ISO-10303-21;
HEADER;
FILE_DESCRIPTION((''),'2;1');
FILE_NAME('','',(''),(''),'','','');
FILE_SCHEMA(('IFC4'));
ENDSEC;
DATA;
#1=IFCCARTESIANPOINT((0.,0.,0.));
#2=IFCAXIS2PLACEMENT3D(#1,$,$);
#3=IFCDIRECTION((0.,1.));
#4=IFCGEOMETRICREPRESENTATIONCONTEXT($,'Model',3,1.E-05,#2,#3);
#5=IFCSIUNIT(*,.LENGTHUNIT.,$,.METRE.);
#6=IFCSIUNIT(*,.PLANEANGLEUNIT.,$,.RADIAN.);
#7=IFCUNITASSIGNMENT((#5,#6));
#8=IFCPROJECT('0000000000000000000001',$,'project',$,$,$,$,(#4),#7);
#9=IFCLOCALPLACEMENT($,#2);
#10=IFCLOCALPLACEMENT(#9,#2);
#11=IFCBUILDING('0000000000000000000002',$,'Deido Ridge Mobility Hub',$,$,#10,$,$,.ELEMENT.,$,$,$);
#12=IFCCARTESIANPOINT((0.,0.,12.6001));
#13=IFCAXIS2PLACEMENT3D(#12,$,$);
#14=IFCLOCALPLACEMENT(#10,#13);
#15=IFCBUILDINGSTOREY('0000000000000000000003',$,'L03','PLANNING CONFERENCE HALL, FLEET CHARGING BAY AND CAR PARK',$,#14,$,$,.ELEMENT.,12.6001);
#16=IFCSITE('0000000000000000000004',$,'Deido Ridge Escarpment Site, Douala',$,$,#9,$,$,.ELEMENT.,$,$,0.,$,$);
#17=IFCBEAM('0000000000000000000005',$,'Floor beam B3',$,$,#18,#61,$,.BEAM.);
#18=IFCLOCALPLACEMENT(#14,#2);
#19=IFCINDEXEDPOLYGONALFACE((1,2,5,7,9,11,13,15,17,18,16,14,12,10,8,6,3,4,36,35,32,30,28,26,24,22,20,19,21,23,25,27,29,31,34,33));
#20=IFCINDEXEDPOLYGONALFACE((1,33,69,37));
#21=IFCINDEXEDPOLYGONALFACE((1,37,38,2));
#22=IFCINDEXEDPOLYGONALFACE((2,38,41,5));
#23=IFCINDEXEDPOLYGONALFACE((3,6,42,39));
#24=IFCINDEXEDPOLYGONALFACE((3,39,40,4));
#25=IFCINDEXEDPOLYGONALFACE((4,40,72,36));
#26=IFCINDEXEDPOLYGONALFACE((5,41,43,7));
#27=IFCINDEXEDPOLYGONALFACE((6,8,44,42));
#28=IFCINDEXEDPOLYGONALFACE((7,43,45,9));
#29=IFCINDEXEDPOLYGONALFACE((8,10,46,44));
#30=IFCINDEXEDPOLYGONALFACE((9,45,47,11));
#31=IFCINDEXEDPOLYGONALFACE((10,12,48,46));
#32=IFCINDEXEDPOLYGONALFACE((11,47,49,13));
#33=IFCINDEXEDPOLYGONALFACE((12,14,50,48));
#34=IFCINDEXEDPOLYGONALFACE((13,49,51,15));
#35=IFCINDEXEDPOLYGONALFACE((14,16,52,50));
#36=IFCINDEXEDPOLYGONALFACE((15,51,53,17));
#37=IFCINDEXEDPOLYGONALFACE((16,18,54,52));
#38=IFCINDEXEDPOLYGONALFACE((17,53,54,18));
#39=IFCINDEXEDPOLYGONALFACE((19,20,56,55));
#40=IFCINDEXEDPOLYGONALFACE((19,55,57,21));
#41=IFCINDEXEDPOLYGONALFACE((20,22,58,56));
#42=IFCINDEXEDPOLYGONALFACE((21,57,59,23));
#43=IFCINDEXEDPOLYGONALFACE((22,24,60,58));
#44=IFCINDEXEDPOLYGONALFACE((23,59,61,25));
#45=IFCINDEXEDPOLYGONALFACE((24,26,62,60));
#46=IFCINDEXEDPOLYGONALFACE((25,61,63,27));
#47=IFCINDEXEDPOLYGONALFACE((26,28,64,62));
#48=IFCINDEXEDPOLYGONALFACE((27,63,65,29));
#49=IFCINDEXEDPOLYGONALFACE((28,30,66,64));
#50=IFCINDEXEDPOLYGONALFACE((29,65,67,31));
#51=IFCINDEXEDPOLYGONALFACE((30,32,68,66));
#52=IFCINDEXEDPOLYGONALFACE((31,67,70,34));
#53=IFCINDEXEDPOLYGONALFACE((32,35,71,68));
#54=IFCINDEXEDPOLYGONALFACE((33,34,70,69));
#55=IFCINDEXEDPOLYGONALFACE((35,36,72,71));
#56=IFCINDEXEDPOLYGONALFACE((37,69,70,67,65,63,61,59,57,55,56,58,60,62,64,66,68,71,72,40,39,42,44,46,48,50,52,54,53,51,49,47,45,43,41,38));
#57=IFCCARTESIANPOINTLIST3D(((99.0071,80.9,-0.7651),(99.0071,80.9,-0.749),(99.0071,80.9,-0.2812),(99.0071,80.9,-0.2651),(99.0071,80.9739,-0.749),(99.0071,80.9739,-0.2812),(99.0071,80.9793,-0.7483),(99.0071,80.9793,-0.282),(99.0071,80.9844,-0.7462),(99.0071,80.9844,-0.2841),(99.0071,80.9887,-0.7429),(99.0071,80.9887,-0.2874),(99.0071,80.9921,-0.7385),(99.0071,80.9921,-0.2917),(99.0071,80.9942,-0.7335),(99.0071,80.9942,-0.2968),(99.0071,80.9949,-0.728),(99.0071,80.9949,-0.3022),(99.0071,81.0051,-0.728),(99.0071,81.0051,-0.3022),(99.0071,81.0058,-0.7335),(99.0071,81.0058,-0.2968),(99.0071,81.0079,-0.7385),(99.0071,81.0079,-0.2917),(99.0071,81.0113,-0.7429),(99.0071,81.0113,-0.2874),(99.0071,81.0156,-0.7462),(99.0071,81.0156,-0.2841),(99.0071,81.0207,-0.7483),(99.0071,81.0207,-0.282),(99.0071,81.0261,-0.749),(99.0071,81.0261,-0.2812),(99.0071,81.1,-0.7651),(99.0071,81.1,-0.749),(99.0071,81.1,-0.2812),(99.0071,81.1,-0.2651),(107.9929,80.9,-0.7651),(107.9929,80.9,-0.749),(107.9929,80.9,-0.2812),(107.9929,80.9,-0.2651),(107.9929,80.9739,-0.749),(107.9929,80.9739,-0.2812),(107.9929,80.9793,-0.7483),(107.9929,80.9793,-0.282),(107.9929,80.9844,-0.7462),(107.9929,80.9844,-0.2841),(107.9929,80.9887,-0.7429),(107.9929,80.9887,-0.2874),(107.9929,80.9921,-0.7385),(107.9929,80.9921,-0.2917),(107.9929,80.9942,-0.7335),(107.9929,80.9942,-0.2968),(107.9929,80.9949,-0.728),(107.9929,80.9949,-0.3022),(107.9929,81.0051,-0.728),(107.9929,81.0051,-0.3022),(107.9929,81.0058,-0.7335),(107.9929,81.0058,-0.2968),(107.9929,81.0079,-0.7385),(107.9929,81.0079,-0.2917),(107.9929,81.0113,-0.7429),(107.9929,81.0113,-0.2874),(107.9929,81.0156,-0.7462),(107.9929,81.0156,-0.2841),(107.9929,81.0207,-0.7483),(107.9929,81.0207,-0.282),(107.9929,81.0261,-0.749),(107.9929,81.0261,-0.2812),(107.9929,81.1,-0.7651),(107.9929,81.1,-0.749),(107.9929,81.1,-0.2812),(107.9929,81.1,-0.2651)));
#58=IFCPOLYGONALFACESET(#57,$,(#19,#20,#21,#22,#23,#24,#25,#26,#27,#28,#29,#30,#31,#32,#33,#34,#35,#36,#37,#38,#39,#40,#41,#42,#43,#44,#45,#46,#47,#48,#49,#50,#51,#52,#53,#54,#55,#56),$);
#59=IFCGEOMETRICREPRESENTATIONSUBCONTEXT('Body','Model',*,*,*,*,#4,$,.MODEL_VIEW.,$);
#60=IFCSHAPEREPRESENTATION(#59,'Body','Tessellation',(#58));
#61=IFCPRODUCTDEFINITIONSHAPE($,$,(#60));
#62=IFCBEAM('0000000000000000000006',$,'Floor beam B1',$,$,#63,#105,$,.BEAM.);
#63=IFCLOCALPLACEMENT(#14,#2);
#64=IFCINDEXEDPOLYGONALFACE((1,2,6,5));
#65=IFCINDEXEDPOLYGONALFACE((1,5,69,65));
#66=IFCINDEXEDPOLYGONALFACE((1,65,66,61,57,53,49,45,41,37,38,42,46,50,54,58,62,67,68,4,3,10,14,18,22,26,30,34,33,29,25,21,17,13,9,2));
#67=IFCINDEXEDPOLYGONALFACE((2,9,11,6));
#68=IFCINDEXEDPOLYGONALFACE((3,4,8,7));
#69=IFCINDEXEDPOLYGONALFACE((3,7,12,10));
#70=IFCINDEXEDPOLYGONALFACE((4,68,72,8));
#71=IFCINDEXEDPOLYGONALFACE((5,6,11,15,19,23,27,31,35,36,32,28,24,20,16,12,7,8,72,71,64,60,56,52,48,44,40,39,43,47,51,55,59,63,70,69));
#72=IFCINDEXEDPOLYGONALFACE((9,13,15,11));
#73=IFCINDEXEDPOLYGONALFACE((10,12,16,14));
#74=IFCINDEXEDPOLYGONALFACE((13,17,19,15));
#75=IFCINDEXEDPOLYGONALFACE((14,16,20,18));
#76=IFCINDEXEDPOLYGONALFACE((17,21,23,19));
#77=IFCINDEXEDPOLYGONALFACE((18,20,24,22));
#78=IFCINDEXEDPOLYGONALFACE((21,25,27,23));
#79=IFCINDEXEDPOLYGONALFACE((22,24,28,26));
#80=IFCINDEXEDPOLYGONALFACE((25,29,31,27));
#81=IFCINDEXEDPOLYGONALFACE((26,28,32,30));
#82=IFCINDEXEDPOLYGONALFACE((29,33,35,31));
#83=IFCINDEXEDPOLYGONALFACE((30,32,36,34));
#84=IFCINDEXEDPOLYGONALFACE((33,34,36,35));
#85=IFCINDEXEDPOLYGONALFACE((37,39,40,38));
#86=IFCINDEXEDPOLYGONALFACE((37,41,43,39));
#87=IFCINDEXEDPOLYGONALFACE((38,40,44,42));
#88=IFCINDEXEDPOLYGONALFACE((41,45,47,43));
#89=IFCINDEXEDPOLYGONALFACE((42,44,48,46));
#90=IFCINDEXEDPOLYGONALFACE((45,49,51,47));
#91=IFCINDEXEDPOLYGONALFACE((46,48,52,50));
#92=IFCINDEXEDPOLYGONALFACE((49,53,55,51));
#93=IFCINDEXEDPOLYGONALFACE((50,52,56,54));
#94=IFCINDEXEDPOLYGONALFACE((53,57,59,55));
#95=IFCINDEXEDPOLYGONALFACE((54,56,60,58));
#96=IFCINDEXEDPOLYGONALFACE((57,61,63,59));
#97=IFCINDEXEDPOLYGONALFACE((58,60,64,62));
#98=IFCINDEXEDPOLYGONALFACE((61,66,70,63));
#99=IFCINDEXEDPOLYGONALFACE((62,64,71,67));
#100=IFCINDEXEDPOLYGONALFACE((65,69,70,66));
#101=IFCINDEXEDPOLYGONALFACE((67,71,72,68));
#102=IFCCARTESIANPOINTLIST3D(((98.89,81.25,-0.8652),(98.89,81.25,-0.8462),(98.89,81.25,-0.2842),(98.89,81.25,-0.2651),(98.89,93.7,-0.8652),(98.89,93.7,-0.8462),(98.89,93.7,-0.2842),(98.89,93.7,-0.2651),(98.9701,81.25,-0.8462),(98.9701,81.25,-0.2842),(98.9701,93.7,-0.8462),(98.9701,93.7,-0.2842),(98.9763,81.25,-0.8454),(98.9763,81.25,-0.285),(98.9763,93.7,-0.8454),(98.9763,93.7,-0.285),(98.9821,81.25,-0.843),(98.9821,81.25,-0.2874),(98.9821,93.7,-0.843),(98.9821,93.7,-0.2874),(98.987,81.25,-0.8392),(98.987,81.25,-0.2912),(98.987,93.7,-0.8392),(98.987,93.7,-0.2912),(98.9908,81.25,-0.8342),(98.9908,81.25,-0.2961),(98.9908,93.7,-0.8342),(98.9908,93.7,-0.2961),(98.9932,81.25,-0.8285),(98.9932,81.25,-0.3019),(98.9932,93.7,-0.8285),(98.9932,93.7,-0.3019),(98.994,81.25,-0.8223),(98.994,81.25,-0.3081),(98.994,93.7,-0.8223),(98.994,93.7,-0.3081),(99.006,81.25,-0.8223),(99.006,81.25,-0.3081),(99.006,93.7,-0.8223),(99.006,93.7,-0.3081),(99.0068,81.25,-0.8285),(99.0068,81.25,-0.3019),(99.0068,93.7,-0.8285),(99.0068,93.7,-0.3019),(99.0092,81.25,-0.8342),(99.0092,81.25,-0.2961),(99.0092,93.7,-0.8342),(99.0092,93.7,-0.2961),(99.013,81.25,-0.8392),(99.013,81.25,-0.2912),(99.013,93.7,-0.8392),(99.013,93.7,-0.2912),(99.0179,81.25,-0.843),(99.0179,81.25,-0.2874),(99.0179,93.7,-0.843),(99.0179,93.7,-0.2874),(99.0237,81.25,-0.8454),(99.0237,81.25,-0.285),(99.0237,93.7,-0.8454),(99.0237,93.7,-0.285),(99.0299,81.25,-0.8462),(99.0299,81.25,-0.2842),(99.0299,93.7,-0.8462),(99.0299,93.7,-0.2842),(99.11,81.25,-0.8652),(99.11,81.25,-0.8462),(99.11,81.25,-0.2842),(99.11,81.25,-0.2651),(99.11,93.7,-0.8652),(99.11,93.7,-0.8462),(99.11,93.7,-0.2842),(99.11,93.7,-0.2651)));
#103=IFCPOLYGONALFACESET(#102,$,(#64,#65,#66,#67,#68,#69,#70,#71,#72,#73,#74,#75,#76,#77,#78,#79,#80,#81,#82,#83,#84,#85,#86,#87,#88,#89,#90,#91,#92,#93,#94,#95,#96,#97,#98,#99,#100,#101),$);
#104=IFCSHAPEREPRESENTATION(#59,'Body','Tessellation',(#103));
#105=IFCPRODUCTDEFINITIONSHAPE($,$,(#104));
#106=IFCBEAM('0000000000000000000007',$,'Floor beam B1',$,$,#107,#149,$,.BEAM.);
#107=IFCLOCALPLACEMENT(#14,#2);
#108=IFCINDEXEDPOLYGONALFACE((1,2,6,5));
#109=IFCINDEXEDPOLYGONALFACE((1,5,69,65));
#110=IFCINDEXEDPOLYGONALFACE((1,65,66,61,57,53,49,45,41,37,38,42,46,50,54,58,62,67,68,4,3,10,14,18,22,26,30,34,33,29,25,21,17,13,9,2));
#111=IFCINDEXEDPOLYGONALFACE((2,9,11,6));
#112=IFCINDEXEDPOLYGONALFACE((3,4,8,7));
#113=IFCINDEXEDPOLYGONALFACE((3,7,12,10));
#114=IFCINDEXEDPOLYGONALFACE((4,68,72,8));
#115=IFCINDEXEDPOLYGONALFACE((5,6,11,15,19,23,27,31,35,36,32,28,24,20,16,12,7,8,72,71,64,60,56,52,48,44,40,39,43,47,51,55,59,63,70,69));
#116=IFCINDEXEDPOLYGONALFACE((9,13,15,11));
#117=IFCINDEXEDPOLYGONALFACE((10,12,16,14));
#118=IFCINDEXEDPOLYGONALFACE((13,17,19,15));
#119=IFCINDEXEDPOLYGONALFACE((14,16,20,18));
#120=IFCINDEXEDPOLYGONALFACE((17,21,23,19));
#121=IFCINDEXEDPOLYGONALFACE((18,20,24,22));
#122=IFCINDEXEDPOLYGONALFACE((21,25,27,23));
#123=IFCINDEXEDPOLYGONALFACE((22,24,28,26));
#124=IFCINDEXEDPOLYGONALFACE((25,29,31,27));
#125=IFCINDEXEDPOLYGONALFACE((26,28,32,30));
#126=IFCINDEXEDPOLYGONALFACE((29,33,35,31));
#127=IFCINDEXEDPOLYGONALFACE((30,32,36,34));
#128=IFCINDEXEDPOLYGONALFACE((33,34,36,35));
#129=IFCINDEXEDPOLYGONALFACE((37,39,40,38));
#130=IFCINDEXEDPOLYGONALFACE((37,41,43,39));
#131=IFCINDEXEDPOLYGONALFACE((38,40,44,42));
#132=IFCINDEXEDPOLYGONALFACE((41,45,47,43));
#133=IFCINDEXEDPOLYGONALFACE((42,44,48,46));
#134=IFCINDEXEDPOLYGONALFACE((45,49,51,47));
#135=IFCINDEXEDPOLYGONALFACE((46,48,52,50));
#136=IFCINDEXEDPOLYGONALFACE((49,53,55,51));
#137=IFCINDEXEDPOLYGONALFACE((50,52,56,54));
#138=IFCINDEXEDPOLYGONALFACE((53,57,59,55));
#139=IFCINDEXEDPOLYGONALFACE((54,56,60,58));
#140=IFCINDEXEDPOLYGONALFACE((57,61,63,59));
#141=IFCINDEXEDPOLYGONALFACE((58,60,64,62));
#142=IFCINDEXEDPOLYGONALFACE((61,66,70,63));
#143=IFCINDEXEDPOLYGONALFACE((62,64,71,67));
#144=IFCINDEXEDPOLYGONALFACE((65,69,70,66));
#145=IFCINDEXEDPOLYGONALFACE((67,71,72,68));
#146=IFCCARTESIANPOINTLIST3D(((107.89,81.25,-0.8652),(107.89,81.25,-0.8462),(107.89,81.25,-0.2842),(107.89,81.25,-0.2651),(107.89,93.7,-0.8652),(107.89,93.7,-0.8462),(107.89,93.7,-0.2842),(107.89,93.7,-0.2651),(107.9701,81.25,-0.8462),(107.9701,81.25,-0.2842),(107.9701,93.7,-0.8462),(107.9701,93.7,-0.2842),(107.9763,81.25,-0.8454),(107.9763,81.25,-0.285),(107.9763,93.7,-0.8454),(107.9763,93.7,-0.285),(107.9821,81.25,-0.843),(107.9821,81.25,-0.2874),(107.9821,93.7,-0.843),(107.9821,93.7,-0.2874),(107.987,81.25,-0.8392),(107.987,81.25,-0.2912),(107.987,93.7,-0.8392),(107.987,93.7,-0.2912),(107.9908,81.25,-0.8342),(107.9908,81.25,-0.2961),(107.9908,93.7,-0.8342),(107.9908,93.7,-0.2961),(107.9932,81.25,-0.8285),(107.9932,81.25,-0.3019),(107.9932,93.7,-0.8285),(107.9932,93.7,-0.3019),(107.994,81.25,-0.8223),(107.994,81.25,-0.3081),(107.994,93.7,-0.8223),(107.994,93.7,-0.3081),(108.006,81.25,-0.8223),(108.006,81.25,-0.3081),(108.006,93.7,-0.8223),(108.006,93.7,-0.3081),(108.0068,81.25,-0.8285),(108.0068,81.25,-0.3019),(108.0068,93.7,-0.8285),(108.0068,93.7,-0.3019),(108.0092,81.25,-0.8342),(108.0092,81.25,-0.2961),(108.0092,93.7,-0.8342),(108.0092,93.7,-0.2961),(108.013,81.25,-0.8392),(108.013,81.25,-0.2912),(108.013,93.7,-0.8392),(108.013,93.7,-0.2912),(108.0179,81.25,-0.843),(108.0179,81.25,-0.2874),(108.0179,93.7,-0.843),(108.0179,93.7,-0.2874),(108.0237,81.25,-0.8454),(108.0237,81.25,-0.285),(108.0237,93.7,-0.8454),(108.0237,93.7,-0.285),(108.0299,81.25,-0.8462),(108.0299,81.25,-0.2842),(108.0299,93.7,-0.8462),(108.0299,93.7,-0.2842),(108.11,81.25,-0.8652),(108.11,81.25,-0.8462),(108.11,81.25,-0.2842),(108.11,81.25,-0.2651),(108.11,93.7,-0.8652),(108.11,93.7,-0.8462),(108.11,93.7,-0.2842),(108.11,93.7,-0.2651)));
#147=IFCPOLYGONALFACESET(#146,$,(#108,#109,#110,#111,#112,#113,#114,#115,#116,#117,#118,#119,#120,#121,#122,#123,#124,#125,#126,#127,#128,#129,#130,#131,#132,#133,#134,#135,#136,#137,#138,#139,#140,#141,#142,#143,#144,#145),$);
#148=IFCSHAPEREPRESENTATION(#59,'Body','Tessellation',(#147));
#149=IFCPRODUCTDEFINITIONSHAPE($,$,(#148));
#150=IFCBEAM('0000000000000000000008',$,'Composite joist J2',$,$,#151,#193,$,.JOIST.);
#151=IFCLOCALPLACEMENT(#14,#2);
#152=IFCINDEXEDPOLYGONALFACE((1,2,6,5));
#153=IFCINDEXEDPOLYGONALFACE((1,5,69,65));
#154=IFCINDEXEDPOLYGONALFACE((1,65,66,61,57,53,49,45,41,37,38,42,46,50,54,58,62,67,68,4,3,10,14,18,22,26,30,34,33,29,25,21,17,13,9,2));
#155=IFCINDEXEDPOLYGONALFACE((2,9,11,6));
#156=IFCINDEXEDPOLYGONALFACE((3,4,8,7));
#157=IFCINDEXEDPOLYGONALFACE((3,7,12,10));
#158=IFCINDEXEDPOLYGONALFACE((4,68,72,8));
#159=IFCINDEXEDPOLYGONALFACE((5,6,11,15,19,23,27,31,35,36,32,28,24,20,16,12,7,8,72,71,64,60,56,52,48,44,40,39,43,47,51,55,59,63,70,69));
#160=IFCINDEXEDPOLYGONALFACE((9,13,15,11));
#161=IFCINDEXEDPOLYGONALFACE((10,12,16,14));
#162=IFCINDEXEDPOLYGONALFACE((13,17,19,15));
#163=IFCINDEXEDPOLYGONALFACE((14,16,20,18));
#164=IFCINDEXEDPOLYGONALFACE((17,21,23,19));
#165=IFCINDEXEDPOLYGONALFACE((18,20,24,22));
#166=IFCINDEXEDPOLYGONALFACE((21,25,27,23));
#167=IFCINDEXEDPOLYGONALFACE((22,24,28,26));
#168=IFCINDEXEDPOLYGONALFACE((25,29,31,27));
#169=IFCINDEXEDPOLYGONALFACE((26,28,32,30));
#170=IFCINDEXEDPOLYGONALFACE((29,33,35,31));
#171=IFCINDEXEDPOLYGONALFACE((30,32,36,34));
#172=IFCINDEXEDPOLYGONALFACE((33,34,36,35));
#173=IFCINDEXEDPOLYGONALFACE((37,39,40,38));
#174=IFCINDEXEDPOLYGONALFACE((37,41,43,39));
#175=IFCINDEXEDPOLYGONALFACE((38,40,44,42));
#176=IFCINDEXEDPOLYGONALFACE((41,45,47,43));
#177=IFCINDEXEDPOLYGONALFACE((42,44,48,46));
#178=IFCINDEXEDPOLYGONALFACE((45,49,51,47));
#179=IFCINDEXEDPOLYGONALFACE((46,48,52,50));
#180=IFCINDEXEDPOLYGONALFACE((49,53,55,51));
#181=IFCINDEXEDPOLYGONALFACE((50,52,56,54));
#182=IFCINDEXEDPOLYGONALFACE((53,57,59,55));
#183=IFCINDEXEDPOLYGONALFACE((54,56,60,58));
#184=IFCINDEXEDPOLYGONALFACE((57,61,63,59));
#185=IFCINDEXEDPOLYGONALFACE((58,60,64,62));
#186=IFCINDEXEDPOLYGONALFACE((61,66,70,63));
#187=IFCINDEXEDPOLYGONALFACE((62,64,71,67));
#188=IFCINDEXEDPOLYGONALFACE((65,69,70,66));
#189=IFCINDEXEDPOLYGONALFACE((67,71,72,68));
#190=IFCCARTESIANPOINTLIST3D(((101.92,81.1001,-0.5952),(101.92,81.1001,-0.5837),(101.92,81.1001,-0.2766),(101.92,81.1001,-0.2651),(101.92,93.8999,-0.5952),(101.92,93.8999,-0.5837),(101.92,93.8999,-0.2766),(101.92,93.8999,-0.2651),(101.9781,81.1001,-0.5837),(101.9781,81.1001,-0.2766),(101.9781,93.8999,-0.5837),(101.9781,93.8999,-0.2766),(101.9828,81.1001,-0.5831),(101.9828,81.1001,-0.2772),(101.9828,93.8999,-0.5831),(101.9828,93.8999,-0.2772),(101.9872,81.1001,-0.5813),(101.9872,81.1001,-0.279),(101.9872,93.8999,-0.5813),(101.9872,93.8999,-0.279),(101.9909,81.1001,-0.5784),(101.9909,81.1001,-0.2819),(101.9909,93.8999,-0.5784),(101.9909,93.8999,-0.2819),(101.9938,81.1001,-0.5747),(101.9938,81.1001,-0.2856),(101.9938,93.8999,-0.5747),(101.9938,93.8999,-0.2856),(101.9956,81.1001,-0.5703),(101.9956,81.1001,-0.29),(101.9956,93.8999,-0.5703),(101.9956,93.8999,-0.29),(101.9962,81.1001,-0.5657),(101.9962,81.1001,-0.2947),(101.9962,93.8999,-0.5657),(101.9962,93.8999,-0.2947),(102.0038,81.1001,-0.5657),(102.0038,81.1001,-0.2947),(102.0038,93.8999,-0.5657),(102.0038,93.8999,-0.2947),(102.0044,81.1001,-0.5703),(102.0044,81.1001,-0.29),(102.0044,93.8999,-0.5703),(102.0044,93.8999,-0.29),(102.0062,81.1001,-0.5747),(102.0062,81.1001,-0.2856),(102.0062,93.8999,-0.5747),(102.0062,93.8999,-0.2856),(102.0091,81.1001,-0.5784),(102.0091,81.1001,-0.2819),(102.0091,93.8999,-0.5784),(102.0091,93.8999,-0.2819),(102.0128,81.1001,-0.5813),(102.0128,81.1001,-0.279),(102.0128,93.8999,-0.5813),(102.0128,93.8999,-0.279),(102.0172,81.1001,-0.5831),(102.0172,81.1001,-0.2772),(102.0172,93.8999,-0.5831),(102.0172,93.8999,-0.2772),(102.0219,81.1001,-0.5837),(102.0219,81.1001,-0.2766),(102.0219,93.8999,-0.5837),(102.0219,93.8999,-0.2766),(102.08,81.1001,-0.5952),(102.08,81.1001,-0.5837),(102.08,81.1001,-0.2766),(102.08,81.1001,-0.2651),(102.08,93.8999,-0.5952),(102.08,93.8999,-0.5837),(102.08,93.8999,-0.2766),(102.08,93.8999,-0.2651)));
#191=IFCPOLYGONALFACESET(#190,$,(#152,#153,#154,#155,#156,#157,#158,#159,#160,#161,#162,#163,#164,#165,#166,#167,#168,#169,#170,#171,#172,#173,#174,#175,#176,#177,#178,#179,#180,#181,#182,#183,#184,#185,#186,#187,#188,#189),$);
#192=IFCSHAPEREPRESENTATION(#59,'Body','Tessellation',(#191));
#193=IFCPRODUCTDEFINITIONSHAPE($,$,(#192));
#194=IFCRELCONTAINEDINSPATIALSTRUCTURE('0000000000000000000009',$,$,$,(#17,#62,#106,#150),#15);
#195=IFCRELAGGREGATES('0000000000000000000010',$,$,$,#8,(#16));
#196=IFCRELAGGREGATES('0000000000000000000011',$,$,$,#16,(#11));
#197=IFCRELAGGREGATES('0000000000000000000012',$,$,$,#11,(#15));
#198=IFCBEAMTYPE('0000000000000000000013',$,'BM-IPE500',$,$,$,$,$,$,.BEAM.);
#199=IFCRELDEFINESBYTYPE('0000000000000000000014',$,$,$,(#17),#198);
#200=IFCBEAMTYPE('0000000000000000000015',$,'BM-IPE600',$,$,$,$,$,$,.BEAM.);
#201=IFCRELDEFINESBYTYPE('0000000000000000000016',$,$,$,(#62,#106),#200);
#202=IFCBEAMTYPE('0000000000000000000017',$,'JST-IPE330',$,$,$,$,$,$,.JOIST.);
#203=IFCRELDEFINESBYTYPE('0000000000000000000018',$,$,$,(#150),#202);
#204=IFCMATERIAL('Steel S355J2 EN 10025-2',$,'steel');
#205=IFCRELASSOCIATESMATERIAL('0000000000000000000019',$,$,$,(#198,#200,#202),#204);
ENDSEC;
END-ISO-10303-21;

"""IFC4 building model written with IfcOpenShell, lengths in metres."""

from ifc_helpers import new_model, si_unit, direction, frame, origin, origin_2d, place, context, subcontext, project, spatial, i_section, extrude, material, material_profile, profile_set, type_object, element, save


model = new_model("IFC4")

# Units and contexts
model_context = context("Model", 3, precision=1e-05, world=origin(), true_north=direction((0.0, 1.0)))
body_context = subcontext(model_context, "Body", "Model", "MODEL_VIEW")
ifc_project = project(units=[si_unit("LENGTHUNIT", "METRE"), si_unit("PLANEANGLEUNIT", "RADIAN")], contexts=[model_context])

# Site, building, storey
site_placement = place(None, origin())
site = spatial("IfcSite", under=ifc_project, at=site_placement, Name="Deido Ridge Escarpment Site, Douala", CompositionType="ELEMENT", RefElevation=0.0)
building_placement = place(site_placement, origin())
building = spatial("IfcBuilding", under=site, at=building_placement, Name="Deido Ridge Mobility Hub", CompositionType="ELEMENT")
storey_placement = place(building_placement, frame((0.0, 0.0, 12.6001)))
storey = spatial("IfcBuildingStorey", under=building, at=storey_placement, Name="L03", Description="PLANNING CONFERENCE HALL, FLEET CHARGING BAY AND CAR PARK", CompositionType="ELEMENT", Elevation=12.6001)

# Shared definitions
ifc_material_1 = material(Name="Steel S355J2 EN 10025-2", Category="steel")

# Beams
ifc_material_profile_1 = material_profile(ifc_material_1, i_section(OverallWidth=0.2, OverallDepth=0.5, WebThickness=0.0103, FlangeThickness=0.0161, FilletRadius=0.021, at=origin_2d()), Name="IPE 500")
ifc_profile_set_1 = profile_set([ifc_material_profile_1], Name="Steel S355J2 EN 10025-2")
beam_type_1 = type_object("IfcBeamType", Name="BM-IPE500", PredefinedType="BEAM", material=ifc_profile_set_1)
for number, where, z_axis, x_axis, name in (
    (1, (99.0071, 81.0, -0.5151), (1.0, 0.0, 0.0), (0.0, 1.0, 0.0), "Floor beam B3"),
):
    element("IfcBeam", number, at=place(storey_placement, frame(where, z_axis=z_axis, x_axis=x_axis)), inside=storey, type_object=beam_type_1, Name=name, PredefinedType="BEAM", context=body_context, shape_type="SweptSolid", body=[
        extrude(i_section(OverallWidth=0.2, OverallDepth=0.5, WebThickness=0.0103, FlangeThickness=0.0161, FilletRadius=0.021, at=origin_2d()), origin(), (0.0, 0.0, 1.0), 8.9858),
    ])
ifc_material_profile_2 = material_profile(ifc_material_1, i_section(OverallWidth=0.22, OverallDepth=0.6001, WebThickness=0.012, FlangeThickness=0.019, FilletRadius=0.0239, at=origin_2d()), Name="IPE 600")
ifc_profile_set_2 = profile_set([ifc_material_profile_2], Name="Steel S355J2 EN 10025-2")
beam_type_2 = type_object("IfcBeamType", Name="BM-IPE600", PredefinedType="BEAM", material=ifc_profile_set_2)
for number, where, z_axis, x_axis, name in (
    (2, (99.0, 81.25, -0.5652), (0.0, 1.0, 0.0), (-1.0, 0.0, 0.0), "Floor beam B1"),
    (3, (108.0, 81.25, -0.5652), (0.0, 1.0, 0.0), (-1.0, 0.0, 0.0), "Floor beam B1"),
):
    element("IfcBeam", number, at=place(storey_placement, frame(where, z_axis=z_axis, x_axis=x_axis)), inside=storey, type_object=beam_type_2, Name=name, PredefinedType="BEAM", context=body_context, shape_type="SweptSolid", body=[
        extrude(i_section(OverallWidth=0.22, OverallDepth=0.6001, WebThickness=0.012, FlangeThickness=0.019, FilletRadius=0.0239, at=origin_2d()), origin(), (0.0, 0.0, 1.0), 12.45),
    ])
ifc_material_profile_3 = material_profile(ifc_material_1, i_section(OverallWidth=0.1599, OverallDepth=0.3301, WebThickness=0.0076, FlangeThickness=0.0115, FilletRadius=0.0181, at=origin_2d()), Name="IPE 330")
ifc_profile_set_3 = profile_set([ifc_material_profile_3], Name="Steel S355J2 EN 10025-2")
beam_type_3 = type_object("IfcBeamType", Name="JST-IPE330", PredefinedType="JOIST", material=ifc_profile_set_3)
beam_1_placement = place(storey_placement, frame((102.0, 81.1001, -0.4302), z_axis=(0.0, 1.0, 0.0), x_axis=(-1.0, 0.0, 0.0)))
element("IfcBeam", 4, at=beam_1_placement, inside=storey, type_object=beam_type_3, Name="Composite joist J2", PredefinedType="JOIST", context=body_context, shape_type="SweptSolid", body=[
    extrude(i_section(OverallWidth=0.1599, OverallDepth=0.3301, WebThickness=0.0076, FlangeThickness=0.0115, FilletRadius=0.0181, at=origin_2d()), origin(), (0.0, 0.0, 1.0), 12.7998),
])

save(model, "model.ifc")
